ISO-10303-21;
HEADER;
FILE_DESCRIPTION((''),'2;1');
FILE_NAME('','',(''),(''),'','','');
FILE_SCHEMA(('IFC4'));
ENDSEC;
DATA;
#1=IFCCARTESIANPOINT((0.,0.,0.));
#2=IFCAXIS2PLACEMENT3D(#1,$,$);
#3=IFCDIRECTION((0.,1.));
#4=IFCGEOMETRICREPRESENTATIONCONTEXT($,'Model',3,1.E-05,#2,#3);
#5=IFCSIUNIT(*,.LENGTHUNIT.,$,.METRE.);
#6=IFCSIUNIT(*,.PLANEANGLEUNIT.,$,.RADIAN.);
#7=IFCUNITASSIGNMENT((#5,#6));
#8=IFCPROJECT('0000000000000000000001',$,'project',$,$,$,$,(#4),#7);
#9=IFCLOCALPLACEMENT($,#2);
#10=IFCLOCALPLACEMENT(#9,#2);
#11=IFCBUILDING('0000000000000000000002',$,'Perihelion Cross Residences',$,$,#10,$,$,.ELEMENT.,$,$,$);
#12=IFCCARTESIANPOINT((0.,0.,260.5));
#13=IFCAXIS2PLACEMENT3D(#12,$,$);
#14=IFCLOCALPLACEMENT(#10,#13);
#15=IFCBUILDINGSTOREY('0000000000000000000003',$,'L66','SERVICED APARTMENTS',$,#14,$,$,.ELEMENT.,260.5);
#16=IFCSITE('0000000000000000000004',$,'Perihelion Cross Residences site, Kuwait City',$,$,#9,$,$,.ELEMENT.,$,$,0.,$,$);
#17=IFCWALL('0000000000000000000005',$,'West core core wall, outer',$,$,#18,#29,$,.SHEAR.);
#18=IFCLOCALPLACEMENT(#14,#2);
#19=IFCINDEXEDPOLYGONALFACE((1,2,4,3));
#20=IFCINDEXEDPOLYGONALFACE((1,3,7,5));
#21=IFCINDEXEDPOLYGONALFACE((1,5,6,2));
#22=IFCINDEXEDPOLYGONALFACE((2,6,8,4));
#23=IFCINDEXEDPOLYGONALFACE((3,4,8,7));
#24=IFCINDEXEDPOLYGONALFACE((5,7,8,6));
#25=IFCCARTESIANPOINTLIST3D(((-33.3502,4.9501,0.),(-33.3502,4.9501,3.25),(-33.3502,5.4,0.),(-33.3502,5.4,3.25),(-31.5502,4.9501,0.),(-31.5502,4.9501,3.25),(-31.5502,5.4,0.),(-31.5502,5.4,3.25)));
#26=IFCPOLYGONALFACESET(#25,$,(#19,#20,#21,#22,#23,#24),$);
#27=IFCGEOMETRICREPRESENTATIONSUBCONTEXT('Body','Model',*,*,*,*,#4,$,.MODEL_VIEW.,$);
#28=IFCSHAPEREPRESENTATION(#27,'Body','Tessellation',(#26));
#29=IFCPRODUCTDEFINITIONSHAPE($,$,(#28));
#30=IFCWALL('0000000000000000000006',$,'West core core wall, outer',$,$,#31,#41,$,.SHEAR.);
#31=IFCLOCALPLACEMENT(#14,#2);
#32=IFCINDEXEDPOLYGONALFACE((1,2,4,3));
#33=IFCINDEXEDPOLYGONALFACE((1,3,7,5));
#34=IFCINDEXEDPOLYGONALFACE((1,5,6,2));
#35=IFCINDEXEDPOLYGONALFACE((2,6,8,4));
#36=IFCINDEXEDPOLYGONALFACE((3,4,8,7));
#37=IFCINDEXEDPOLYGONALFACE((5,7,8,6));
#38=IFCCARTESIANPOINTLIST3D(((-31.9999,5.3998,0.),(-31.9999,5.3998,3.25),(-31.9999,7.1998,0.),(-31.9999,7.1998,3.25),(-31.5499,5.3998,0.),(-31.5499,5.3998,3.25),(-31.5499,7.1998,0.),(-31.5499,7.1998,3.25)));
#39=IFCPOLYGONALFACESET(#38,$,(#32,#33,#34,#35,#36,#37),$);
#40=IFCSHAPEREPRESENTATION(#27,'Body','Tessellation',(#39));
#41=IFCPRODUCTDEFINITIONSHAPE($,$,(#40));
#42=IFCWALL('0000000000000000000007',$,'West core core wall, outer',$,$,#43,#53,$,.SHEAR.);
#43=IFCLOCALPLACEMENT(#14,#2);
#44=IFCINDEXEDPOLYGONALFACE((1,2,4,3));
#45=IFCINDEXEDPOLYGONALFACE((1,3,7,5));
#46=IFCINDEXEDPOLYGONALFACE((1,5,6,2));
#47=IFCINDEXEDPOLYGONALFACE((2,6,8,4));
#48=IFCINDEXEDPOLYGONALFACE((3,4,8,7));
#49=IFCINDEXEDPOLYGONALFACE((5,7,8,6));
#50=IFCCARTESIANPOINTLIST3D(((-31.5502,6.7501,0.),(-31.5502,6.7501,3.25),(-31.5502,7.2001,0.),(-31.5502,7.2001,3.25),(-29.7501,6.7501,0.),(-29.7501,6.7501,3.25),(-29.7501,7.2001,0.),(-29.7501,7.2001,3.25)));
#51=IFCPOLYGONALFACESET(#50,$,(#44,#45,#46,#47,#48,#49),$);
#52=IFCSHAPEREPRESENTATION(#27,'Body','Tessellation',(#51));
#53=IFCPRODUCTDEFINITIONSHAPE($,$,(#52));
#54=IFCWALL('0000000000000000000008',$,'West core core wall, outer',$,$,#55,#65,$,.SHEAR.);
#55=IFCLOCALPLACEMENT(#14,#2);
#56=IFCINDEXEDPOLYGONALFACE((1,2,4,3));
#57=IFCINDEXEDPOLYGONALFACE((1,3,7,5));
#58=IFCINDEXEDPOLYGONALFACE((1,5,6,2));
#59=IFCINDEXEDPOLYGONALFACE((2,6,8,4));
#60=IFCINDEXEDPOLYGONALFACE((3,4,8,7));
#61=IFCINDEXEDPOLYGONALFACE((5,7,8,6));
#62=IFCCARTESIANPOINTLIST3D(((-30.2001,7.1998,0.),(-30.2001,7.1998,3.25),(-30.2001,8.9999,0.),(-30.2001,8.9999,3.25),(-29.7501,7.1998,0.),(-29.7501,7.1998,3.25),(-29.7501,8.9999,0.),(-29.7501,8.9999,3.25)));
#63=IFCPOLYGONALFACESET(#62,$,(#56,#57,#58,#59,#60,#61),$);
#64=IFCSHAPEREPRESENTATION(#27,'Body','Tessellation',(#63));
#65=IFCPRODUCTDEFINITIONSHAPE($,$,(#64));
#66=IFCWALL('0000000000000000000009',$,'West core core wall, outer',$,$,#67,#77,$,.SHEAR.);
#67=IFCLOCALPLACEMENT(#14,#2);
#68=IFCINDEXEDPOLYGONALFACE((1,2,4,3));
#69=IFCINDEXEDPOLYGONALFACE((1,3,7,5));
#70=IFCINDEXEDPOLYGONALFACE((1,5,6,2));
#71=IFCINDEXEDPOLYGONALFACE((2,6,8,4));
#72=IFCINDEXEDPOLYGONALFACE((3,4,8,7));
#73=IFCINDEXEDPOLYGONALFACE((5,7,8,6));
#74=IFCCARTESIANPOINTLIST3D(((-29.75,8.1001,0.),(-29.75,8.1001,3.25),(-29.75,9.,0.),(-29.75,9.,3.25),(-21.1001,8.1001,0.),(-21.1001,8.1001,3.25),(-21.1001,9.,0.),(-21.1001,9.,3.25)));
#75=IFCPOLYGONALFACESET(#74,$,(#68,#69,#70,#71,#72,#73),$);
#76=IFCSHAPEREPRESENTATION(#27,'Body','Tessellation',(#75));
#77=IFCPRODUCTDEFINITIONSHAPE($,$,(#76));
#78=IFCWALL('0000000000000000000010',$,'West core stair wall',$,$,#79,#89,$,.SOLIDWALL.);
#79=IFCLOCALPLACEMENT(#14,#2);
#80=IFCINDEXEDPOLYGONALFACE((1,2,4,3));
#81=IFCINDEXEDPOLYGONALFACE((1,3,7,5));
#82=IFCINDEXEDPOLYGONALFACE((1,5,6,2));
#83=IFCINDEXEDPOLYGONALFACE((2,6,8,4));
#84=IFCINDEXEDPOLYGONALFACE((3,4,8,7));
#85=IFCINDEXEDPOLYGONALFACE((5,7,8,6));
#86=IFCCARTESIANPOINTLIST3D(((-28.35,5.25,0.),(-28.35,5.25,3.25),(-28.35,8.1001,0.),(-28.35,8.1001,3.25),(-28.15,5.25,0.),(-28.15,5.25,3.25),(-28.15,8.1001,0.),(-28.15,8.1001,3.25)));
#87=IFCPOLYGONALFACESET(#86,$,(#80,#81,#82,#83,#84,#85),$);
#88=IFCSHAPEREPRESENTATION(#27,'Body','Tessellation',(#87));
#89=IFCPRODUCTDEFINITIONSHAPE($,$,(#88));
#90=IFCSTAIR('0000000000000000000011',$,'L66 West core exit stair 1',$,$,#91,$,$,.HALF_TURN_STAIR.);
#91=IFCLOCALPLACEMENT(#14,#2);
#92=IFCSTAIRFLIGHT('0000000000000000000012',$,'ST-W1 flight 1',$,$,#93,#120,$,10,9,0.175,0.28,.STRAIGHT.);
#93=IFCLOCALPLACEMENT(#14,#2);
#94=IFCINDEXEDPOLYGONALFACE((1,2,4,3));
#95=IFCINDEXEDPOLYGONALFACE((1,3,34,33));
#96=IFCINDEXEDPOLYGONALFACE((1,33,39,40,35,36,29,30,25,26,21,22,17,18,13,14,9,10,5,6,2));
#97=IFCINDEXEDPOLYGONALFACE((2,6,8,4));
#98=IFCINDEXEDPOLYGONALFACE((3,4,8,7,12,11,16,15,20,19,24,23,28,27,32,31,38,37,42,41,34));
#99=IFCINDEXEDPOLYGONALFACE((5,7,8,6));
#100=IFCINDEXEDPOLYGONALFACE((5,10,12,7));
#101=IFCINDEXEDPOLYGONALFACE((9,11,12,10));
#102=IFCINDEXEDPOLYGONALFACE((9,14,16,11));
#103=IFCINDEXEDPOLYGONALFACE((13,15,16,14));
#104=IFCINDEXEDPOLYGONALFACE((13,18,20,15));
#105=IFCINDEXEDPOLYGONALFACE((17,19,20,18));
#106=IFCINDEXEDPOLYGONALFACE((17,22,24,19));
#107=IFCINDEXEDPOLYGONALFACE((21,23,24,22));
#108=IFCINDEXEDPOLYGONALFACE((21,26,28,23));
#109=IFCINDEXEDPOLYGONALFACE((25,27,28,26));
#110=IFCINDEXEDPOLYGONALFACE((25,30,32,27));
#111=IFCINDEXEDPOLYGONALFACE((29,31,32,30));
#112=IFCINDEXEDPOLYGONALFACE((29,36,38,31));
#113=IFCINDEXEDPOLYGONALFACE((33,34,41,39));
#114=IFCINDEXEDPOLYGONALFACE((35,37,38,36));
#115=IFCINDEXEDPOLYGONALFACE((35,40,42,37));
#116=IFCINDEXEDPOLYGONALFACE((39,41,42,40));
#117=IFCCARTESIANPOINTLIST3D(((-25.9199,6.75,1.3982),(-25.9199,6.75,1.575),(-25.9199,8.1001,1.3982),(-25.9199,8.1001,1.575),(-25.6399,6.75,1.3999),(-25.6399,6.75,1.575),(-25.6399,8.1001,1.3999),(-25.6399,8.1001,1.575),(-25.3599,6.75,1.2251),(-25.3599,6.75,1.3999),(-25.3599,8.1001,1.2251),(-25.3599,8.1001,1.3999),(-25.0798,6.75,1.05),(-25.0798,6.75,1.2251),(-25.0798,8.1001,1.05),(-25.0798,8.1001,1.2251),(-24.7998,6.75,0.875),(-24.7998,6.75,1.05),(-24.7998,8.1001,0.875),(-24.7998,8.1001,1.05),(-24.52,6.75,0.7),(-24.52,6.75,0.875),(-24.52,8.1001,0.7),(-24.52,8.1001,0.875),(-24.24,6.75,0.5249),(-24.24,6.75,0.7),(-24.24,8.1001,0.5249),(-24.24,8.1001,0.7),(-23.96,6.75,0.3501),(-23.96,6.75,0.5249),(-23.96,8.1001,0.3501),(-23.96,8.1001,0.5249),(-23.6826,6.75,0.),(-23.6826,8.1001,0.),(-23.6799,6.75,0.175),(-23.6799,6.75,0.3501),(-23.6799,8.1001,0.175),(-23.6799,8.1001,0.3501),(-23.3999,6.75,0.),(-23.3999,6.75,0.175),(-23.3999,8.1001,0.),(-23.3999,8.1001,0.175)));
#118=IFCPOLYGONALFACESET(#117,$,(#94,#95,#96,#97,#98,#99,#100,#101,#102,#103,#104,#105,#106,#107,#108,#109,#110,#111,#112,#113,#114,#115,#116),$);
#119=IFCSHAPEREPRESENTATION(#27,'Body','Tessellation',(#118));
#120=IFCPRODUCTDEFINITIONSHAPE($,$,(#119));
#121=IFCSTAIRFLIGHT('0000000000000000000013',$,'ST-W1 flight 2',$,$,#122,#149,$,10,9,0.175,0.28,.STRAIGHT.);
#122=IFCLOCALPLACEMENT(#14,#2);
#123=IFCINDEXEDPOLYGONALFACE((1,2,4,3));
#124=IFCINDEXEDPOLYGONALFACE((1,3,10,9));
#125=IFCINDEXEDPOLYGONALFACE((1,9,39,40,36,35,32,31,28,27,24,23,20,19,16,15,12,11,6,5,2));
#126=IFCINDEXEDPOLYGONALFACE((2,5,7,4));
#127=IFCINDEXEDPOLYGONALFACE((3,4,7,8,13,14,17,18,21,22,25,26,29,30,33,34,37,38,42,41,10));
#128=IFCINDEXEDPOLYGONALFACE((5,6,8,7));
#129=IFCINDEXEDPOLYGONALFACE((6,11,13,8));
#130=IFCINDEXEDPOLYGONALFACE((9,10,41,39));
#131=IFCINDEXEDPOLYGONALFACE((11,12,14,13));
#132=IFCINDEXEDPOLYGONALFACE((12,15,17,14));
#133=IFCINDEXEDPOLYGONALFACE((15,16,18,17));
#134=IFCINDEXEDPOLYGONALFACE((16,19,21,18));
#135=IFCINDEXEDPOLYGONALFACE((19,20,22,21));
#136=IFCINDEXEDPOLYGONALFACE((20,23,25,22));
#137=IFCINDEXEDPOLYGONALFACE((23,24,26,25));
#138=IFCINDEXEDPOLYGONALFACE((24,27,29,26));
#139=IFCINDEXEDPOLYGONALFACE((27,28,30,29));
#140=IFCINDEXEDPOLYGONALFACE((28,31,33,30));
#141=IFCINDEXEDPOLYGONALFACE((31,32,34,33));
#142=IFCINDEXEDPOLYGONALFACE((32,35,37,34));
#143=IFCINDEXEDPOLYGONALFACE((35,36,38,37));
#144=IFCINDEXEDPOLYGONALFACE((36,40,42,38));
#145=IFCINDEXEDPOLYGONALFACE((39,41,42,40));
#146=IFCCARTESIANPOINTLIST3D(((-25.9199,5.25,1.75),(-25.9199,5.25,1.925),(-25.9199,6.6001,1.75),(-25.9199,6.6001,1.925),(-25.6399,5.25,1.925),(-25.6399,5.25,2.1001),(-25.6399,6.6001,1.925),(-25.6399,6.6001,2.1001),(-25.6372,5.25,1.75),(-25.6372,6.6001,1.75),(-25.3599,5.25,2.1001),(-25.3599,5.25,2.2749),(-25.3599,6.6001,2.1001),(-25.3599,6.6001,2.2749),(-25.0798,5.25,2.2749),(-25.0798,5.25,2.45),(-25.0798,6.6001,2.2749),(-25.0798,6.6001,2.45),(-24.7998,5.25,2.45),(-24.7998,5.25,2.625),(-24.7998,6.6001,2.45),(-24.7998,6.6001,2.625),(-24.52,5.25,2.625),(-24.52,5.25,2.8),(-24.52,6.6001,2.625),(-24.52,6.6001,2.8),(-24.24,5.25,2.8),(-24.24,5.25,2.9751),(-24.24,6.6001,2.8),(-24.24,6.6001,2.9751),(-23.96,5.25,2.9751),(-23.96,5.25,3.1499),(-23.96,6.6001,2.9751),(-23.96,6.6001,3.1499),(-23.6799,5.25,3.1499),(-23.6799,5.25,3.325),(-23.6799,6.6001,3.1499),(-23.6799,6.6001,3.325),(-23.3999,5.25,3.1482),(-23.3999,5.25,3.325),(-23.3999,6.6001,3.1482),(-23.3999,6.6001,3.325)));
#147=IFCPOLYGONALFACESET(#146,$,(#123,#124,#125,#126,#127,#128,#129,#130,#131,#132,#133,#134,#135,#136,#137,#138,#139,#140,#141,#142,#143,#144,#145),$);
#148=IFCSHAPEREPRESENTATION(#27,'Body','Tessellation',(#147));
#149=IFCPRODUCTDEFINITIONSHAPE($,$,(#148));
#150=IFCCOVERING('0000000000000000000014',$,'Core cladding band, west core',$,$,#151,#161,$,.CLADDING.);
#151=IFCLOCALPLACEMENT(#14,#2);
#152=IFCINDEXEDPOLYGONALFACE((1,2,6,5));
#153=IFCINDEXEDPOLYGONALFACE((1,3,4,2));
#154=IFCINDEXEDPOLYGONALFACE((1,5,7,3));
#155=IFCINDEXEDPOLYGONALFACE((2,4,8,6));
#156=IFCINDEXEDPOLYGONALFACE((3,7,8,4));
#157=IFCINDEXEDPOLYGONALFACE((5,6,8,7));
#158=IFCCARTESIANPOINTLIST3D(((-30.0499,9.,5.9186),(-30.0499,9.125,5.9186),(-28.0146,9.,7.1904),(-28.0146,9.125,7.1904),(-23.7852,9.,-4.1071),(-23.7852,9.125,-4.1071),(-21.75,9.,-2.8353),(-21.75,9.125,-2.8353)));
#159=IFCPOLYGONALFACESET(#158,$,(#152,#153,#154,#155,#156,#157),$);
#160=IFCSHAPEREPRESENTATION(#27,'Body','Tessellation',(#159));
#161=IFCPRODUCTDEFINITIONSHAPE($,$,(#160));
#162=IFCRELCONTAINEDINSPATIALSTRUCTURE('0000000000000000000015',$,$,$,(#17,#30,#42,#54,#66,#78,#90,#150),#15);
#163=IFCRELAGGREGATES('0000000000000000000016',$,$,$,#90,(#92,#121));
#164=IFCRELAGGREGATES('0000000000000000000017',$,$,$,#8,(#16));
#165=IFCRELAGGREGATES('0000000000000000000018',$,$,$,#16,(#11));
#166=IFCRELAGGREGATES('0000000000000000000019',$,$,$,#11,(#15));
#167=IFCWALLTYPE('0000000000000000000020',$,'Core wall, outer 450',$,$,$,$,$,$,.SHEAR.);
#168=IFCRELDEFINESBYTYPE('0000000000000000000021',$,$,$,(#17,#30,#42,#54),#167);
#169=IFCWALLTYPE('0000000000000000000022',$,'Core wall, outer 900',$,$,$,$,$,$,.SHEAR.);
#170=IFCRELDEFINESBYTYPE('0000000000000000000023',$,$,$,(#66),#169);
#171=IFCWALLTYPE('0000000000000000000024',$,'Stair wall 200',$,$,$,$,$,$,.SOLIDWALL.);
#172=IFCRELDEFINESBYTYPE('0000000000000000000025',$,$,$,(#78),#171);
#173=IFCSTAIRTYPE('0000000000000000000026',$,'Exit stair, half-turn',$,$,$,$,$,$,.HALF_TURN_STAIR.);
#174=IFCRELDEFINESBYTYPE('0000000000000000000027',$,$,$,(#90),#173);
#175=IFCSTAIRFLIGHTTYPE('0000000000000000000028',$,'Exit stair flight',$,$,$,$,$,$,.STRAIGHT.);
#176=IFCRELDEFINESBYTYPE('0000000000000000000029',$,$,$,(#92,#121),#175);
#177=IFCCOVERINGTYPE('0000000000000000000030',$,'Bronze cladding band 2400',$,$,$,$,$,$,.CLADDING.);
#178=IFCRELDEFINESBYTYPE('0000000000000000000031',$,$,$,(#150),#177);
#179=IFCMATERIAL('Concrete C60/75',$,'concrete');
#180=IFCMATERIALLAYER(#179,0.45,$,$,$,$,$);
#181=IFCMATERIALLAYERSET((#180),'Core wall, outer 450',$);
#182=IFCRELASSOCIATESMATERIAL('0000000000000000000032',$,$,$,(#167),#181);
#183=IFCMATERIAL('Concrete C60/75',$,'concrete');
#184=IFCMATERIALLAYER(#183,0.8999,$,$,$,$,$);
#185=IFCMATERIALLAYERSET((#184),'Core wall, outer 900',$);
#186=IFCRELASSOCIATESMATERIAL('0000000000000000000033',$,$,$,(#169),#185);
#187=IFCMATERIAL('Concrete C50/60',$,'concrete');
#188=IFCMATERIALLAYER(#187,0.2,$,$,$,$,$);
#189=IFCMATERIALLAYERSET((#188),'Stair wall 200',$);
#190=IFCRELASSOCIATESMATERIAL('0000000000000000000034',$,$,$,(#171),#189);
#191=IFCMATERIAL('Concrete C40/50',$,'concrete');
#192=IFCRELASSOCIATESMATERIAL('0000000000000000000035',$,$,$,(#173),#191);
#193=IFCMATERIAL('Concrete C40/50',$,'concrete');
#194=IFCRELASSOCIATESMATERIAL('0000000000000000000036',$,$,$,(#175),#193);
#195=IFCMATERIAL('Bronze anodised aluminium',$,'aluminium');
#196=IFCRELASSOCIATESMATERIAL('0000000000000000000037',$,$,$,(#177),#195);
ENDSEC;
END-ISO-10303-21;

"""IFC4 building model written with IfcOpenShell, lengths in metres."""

from ifc_helpers import new_model, si_unit, direction, frame, frame_2d, origin, origin_2d, place, context, subcontext, project, spatial, polyline, rectangle, outline, extrude, material, layer, layer_set, material_profile, profile_set, type_object, element, aggregate, save


model = new_model("IFC4")

# Units and contexts
model_context = context("Model", 3, precision=1e-05, world=origin(), true_north=direction((0.0, 1.0)))
body_context = subcontext(model_context, "Body", "Model", "MODEL_VIEW")
ifc_project = project(units=[si_unit("LENGTHUNIT", "METRE"), si_unit("PLANEANGLEUNIT", "RADIAN")], contexts=[model_context])

# Site, building, storey
site_placement = place(None, origin())
site = spatial("IfcSite", under=ifc_project, at=site_placement, Name="Perihelion Cross Residences site, Kuwait City", CompositionType="ELEMENT", RefElevation=0.0)
building_placement = place(site_placement, origin())
building = spatial("IfcBuilding", under=site, at=building_placement, Name="Perihelion Cross Residences", CompositionType="ELEMENT")
storey_placement = place(building_placement, frame((0.0, 0.0, 260.5)))
storey = spatial("IfcBuildingStorey", under=building, at=storey_placement, Name="L66", Description="SERVICED APARTMENTS", CompositionType="ELEMENT", Elevation=260.5)

# Walls
ifc_material_1 = material(Name="Concrete C60/75", Category="concrete")
ifc_layer_1 = layer(ifc_material_1, 0.45)
ifc_layer_set_1 = layer_set([ifc_layer_1], Name="Core wall, outer 450")
wall_type_1 = type_object("IfcWallType", Name="Core wall, outer 450", PredefinedType="SHEAR", material=ifc_layer_set_1)
for number, where, z_axis, x_axis, name in (
    (1, (-33.3501, 5.175, 0.0), (0.0, 0.0, 1.0), (1.0, 0.0, 0.0), "West core core wall, outer"),
    (2, (-31.7749, 5.3999, 0.0), (0.0, 0.0, 1.0), (0.0, 1.0, 0.0), "West core core wall, outer"),
    (3, (-31.55, 6.9751, 0.0), (0.0, 0.0, 1.0), (1.0, 0.0, 0.0), "West core core wall, outer"),
    (4, (-29.9751, 7.2, 0.0), (0.0, 0.0, 1.0), (0.0, 1.0, 0.0), "West core core wall, outer"),
):
    element("IfcWall", number, at=place(storey_placement, frame(where, z_axis=z_axis, x_axis=x_axis)), inside=storey, type_object=wall_type_1, Name=name, PredefinedType="SHEAR", context=body_context, shape_type="SweptSolid", body=[
        extrude(rectangle(XDim=1.8, YDim=0.45, at=frame_2d((0.8999, 0.0))), origin(), (0.0, 0.0, 1.0), 3.25),
    ])
ifc_material_2 = material(Name="Concrete C60/75", Category="concrete")
ifc_layer_2 = layer(ifc_material_2, 0.8999)
ifc_layer_set_2 = layer_set([ifc_layer_2], Name="Core wall, outer 900")
wall_type_2 = type_object("IfcWallType", Name="Core wall, outer 900", PredefinedType="SHEAR", material=ifc_layer_set_2)
wall_1_placement = place(storey_placement, frame((-29.75, 8.55, 0.0), z_axis=(0.0, 0.0, 1.0), x_axis=(1.0, 0.0, 0.0)))
element("IfcWall", 5, at=wall_1_placement, inside=storey, type_object=wall_type_2, Name="West core core wall, outer", PredefinedType="SHEAR", context=body_context, shape_type="SweptSolid", body=[
    extrude(rectangle(XDim=8.6499, YDim=0.8999, at=frame_2d((4.325, 0.0))), origin(), (0.0, 0.0, 1.0), 3.25),
])
ifc_material_3 = material(Name="Concrete C50/60", Category="concrete")
ifc_layer_3 = layer(ifc_material_3, 0.2)
ifc_layer_set_3 = layer_set([ifc_layer_3], Name="Stair wall 200")
wall_type_3 = type_object("IfcWallType", Name="Stair wall 200", PredefinedType="SOLIDWALL", material=ifc_layer_set_3)
wall_2_placement = place(storey_placement, frame((-28.25, 5.25, 0.0), z_axis=(0.0, 0.0, 1.0), x_axis=(0.0, 1.0, 0.0)))
element("IfcWall", 6, at=wall_2_placement, inside=storey, type_object=wall_type_3, Name="West core stair wall", PredefinedType="SOLIDWALL", context=body_context, shape_type="SweptSolid", body=[
    extrude(rectangle(XDim=2.8501, YDim=0.2, at=frame_2d((1.425, 0.0))), origin(), (0.0, 0.0, 1.0), 3.25),
])

# Stair, stair flights
ifc_material_4 = material(Name="Concrete C40/50", Category="concrete")
stair_type = type_object("IfcStairType", Name="Exit stair, half-turn", PredefinedType="HALF_TURN_STAIR", material=ifc_material_4)
stair_placement = place(storey_placement, origin())
stair = element("IfcStair", 7, at=stair_placement, inside=storey, type_object=stair_type, Name="L66 West core exit stair 1", PredefinedType="HALF_TURN_STAIR")
ifc_material_5 = material(Name="Concrete C40/50", Category="concrete")
stair_flight_type = type_object("IfcStairFlightType", Name="Exit stair flight", PredefinedType="STRAIGHT", material=ifc_material_5)
stair_flight_1_placement = place(storey_placement, frame((-23.3999, 7.425, 0.0), z_axis=(0.0, 0.0, 1.0), x_axis=(-1.0, 0.0, 0.0)))
stair_flight_1 = element("IfcStairFlight", 8, at=stair_flight_1_placement, type_object=stair_flight_type, Name="ST-W1 flight 1", NumberOfRisers=10, NumberOfTreads=9, PredefinedType="STRAIGHT", RiserHeight=0.175, TreadLength=0.28, context=body_context, shape_type="SweptSolid", body=[
    extrude(outline(polyline([(0.0, 0.0), (0.0, 0.175), (0.28, 0.175), (0.28, 0.3501), (0.5601, 0.3501), (0.5601, 0.5249), (0.8401, 0.5249), (0.8401, 0.7), (1.1201, 0.7), (1.1201, 0.875), (1.3999, 0.875), (1.3999, 1.05), (1.6799, 1.05), (1.6799, 1.2251), (1.96, 1.2251), (1.96, 1.3999), (2.24, 1.3999), (2.24, 1.575), (2.52, 1.575), (2.52, 1.75), (2.52, 1.3982), (0.2827, 0.0), (0.0, 0.0)])), frame((0.0, 0.675, 0.0), z_axis=(0.0, -1.0, 0.0), x_axis=(1.0, 0.0, 0.0)), (0.0, 0.0, 1.0), 1.3501),
])
stair_flight_2_placement = place(storey_placement, frame((-25.9199, 5.925, 1.75), z_axis=(0.0, 0.0, 1.0), x_axis=(1.0, 0.0, 0.0)))
stair_flight_2 = element("IfcStairFlight", 9, at=stair_flight_2_placement, type_object=stair_flight_type, Name="ST-W1 flight 2", NumberOfRisers=10, NumberOfTreads=9, PredefinedType="STRAIGHT", RiserHeight=0.175, TreadLength=0.28, context=body_context, shape_type="SweptSolid", body=[
    extrude(outline(polyline([(0.0, 0.0), (0.0, 0.175), (0.28, 0.175), (0.28, 0.3501), (0.5601, 0.3501), (0.5601, 0.5249), (0.8401, 0.5249), (0.8401, 0.7), (1.1201, 0.7), (1.1201, 0.875), (1.3999, 0.875), (1.3999, 1.05), (1.6799, 1.05), (1.6799, 1.2251), (1.96, 1.2251), (1.96, 1.3999), (2.24, 1.3999), (2.24, 1.575), (2.52, 1.575), (2.52, 1.75), (2.52, 1.3982), (0.2827, 0.0), (0.0, 0.0)])), frame((0.0, 0.675, 0.0), z_axis=(0.0, -1.0, 0.0), x_axis=(1.0, 0.0, 0.0)), (0.0, 0.0, 1.0), 1.3501),
])
aggregate(stair, [stair_flight_1, stair_flight_2])

# Covering
ifc_material_6 = material(Name="Bronze anodised aluminium", Category="aluminium")
ifc_material_profile = material_profile(ifc_material_6, rectangle(XDim=0.125, YDim=2.3999, at=origin_2d()), Name="Bronze cladding band 2400")
ifc_profile_set = profile_set([ifc_material_profile], Name="Bronze anodised aluminium")
covering_type = type_object("IfcCoveringType", Name="Bronze cladding band 2400", PredefinedType="CLADDING", material=ifc_profile_set)
covering_placement = place(storey_placement, frame((-22.7676, 9.0625, -3.4712), z_axis=(-0.529915, 0.0, 0.848051), x_axis=(0.0, -1.0, 0.0)))
element("IfcCovering", 10, at=covering_placement, inside=storey, type_object=covering_type, Name="Core cladding band, west core", PredefinedType="CLADDING", context=body_context, shape_type="SweptSolid", body=[
    extrude(rectangle(XDim=0.125, YDim=2.3999, at=origin_2d()), origin(), (0.0, 0.0, 1.0), 11.822),
])

save(model, "model.ifc")
